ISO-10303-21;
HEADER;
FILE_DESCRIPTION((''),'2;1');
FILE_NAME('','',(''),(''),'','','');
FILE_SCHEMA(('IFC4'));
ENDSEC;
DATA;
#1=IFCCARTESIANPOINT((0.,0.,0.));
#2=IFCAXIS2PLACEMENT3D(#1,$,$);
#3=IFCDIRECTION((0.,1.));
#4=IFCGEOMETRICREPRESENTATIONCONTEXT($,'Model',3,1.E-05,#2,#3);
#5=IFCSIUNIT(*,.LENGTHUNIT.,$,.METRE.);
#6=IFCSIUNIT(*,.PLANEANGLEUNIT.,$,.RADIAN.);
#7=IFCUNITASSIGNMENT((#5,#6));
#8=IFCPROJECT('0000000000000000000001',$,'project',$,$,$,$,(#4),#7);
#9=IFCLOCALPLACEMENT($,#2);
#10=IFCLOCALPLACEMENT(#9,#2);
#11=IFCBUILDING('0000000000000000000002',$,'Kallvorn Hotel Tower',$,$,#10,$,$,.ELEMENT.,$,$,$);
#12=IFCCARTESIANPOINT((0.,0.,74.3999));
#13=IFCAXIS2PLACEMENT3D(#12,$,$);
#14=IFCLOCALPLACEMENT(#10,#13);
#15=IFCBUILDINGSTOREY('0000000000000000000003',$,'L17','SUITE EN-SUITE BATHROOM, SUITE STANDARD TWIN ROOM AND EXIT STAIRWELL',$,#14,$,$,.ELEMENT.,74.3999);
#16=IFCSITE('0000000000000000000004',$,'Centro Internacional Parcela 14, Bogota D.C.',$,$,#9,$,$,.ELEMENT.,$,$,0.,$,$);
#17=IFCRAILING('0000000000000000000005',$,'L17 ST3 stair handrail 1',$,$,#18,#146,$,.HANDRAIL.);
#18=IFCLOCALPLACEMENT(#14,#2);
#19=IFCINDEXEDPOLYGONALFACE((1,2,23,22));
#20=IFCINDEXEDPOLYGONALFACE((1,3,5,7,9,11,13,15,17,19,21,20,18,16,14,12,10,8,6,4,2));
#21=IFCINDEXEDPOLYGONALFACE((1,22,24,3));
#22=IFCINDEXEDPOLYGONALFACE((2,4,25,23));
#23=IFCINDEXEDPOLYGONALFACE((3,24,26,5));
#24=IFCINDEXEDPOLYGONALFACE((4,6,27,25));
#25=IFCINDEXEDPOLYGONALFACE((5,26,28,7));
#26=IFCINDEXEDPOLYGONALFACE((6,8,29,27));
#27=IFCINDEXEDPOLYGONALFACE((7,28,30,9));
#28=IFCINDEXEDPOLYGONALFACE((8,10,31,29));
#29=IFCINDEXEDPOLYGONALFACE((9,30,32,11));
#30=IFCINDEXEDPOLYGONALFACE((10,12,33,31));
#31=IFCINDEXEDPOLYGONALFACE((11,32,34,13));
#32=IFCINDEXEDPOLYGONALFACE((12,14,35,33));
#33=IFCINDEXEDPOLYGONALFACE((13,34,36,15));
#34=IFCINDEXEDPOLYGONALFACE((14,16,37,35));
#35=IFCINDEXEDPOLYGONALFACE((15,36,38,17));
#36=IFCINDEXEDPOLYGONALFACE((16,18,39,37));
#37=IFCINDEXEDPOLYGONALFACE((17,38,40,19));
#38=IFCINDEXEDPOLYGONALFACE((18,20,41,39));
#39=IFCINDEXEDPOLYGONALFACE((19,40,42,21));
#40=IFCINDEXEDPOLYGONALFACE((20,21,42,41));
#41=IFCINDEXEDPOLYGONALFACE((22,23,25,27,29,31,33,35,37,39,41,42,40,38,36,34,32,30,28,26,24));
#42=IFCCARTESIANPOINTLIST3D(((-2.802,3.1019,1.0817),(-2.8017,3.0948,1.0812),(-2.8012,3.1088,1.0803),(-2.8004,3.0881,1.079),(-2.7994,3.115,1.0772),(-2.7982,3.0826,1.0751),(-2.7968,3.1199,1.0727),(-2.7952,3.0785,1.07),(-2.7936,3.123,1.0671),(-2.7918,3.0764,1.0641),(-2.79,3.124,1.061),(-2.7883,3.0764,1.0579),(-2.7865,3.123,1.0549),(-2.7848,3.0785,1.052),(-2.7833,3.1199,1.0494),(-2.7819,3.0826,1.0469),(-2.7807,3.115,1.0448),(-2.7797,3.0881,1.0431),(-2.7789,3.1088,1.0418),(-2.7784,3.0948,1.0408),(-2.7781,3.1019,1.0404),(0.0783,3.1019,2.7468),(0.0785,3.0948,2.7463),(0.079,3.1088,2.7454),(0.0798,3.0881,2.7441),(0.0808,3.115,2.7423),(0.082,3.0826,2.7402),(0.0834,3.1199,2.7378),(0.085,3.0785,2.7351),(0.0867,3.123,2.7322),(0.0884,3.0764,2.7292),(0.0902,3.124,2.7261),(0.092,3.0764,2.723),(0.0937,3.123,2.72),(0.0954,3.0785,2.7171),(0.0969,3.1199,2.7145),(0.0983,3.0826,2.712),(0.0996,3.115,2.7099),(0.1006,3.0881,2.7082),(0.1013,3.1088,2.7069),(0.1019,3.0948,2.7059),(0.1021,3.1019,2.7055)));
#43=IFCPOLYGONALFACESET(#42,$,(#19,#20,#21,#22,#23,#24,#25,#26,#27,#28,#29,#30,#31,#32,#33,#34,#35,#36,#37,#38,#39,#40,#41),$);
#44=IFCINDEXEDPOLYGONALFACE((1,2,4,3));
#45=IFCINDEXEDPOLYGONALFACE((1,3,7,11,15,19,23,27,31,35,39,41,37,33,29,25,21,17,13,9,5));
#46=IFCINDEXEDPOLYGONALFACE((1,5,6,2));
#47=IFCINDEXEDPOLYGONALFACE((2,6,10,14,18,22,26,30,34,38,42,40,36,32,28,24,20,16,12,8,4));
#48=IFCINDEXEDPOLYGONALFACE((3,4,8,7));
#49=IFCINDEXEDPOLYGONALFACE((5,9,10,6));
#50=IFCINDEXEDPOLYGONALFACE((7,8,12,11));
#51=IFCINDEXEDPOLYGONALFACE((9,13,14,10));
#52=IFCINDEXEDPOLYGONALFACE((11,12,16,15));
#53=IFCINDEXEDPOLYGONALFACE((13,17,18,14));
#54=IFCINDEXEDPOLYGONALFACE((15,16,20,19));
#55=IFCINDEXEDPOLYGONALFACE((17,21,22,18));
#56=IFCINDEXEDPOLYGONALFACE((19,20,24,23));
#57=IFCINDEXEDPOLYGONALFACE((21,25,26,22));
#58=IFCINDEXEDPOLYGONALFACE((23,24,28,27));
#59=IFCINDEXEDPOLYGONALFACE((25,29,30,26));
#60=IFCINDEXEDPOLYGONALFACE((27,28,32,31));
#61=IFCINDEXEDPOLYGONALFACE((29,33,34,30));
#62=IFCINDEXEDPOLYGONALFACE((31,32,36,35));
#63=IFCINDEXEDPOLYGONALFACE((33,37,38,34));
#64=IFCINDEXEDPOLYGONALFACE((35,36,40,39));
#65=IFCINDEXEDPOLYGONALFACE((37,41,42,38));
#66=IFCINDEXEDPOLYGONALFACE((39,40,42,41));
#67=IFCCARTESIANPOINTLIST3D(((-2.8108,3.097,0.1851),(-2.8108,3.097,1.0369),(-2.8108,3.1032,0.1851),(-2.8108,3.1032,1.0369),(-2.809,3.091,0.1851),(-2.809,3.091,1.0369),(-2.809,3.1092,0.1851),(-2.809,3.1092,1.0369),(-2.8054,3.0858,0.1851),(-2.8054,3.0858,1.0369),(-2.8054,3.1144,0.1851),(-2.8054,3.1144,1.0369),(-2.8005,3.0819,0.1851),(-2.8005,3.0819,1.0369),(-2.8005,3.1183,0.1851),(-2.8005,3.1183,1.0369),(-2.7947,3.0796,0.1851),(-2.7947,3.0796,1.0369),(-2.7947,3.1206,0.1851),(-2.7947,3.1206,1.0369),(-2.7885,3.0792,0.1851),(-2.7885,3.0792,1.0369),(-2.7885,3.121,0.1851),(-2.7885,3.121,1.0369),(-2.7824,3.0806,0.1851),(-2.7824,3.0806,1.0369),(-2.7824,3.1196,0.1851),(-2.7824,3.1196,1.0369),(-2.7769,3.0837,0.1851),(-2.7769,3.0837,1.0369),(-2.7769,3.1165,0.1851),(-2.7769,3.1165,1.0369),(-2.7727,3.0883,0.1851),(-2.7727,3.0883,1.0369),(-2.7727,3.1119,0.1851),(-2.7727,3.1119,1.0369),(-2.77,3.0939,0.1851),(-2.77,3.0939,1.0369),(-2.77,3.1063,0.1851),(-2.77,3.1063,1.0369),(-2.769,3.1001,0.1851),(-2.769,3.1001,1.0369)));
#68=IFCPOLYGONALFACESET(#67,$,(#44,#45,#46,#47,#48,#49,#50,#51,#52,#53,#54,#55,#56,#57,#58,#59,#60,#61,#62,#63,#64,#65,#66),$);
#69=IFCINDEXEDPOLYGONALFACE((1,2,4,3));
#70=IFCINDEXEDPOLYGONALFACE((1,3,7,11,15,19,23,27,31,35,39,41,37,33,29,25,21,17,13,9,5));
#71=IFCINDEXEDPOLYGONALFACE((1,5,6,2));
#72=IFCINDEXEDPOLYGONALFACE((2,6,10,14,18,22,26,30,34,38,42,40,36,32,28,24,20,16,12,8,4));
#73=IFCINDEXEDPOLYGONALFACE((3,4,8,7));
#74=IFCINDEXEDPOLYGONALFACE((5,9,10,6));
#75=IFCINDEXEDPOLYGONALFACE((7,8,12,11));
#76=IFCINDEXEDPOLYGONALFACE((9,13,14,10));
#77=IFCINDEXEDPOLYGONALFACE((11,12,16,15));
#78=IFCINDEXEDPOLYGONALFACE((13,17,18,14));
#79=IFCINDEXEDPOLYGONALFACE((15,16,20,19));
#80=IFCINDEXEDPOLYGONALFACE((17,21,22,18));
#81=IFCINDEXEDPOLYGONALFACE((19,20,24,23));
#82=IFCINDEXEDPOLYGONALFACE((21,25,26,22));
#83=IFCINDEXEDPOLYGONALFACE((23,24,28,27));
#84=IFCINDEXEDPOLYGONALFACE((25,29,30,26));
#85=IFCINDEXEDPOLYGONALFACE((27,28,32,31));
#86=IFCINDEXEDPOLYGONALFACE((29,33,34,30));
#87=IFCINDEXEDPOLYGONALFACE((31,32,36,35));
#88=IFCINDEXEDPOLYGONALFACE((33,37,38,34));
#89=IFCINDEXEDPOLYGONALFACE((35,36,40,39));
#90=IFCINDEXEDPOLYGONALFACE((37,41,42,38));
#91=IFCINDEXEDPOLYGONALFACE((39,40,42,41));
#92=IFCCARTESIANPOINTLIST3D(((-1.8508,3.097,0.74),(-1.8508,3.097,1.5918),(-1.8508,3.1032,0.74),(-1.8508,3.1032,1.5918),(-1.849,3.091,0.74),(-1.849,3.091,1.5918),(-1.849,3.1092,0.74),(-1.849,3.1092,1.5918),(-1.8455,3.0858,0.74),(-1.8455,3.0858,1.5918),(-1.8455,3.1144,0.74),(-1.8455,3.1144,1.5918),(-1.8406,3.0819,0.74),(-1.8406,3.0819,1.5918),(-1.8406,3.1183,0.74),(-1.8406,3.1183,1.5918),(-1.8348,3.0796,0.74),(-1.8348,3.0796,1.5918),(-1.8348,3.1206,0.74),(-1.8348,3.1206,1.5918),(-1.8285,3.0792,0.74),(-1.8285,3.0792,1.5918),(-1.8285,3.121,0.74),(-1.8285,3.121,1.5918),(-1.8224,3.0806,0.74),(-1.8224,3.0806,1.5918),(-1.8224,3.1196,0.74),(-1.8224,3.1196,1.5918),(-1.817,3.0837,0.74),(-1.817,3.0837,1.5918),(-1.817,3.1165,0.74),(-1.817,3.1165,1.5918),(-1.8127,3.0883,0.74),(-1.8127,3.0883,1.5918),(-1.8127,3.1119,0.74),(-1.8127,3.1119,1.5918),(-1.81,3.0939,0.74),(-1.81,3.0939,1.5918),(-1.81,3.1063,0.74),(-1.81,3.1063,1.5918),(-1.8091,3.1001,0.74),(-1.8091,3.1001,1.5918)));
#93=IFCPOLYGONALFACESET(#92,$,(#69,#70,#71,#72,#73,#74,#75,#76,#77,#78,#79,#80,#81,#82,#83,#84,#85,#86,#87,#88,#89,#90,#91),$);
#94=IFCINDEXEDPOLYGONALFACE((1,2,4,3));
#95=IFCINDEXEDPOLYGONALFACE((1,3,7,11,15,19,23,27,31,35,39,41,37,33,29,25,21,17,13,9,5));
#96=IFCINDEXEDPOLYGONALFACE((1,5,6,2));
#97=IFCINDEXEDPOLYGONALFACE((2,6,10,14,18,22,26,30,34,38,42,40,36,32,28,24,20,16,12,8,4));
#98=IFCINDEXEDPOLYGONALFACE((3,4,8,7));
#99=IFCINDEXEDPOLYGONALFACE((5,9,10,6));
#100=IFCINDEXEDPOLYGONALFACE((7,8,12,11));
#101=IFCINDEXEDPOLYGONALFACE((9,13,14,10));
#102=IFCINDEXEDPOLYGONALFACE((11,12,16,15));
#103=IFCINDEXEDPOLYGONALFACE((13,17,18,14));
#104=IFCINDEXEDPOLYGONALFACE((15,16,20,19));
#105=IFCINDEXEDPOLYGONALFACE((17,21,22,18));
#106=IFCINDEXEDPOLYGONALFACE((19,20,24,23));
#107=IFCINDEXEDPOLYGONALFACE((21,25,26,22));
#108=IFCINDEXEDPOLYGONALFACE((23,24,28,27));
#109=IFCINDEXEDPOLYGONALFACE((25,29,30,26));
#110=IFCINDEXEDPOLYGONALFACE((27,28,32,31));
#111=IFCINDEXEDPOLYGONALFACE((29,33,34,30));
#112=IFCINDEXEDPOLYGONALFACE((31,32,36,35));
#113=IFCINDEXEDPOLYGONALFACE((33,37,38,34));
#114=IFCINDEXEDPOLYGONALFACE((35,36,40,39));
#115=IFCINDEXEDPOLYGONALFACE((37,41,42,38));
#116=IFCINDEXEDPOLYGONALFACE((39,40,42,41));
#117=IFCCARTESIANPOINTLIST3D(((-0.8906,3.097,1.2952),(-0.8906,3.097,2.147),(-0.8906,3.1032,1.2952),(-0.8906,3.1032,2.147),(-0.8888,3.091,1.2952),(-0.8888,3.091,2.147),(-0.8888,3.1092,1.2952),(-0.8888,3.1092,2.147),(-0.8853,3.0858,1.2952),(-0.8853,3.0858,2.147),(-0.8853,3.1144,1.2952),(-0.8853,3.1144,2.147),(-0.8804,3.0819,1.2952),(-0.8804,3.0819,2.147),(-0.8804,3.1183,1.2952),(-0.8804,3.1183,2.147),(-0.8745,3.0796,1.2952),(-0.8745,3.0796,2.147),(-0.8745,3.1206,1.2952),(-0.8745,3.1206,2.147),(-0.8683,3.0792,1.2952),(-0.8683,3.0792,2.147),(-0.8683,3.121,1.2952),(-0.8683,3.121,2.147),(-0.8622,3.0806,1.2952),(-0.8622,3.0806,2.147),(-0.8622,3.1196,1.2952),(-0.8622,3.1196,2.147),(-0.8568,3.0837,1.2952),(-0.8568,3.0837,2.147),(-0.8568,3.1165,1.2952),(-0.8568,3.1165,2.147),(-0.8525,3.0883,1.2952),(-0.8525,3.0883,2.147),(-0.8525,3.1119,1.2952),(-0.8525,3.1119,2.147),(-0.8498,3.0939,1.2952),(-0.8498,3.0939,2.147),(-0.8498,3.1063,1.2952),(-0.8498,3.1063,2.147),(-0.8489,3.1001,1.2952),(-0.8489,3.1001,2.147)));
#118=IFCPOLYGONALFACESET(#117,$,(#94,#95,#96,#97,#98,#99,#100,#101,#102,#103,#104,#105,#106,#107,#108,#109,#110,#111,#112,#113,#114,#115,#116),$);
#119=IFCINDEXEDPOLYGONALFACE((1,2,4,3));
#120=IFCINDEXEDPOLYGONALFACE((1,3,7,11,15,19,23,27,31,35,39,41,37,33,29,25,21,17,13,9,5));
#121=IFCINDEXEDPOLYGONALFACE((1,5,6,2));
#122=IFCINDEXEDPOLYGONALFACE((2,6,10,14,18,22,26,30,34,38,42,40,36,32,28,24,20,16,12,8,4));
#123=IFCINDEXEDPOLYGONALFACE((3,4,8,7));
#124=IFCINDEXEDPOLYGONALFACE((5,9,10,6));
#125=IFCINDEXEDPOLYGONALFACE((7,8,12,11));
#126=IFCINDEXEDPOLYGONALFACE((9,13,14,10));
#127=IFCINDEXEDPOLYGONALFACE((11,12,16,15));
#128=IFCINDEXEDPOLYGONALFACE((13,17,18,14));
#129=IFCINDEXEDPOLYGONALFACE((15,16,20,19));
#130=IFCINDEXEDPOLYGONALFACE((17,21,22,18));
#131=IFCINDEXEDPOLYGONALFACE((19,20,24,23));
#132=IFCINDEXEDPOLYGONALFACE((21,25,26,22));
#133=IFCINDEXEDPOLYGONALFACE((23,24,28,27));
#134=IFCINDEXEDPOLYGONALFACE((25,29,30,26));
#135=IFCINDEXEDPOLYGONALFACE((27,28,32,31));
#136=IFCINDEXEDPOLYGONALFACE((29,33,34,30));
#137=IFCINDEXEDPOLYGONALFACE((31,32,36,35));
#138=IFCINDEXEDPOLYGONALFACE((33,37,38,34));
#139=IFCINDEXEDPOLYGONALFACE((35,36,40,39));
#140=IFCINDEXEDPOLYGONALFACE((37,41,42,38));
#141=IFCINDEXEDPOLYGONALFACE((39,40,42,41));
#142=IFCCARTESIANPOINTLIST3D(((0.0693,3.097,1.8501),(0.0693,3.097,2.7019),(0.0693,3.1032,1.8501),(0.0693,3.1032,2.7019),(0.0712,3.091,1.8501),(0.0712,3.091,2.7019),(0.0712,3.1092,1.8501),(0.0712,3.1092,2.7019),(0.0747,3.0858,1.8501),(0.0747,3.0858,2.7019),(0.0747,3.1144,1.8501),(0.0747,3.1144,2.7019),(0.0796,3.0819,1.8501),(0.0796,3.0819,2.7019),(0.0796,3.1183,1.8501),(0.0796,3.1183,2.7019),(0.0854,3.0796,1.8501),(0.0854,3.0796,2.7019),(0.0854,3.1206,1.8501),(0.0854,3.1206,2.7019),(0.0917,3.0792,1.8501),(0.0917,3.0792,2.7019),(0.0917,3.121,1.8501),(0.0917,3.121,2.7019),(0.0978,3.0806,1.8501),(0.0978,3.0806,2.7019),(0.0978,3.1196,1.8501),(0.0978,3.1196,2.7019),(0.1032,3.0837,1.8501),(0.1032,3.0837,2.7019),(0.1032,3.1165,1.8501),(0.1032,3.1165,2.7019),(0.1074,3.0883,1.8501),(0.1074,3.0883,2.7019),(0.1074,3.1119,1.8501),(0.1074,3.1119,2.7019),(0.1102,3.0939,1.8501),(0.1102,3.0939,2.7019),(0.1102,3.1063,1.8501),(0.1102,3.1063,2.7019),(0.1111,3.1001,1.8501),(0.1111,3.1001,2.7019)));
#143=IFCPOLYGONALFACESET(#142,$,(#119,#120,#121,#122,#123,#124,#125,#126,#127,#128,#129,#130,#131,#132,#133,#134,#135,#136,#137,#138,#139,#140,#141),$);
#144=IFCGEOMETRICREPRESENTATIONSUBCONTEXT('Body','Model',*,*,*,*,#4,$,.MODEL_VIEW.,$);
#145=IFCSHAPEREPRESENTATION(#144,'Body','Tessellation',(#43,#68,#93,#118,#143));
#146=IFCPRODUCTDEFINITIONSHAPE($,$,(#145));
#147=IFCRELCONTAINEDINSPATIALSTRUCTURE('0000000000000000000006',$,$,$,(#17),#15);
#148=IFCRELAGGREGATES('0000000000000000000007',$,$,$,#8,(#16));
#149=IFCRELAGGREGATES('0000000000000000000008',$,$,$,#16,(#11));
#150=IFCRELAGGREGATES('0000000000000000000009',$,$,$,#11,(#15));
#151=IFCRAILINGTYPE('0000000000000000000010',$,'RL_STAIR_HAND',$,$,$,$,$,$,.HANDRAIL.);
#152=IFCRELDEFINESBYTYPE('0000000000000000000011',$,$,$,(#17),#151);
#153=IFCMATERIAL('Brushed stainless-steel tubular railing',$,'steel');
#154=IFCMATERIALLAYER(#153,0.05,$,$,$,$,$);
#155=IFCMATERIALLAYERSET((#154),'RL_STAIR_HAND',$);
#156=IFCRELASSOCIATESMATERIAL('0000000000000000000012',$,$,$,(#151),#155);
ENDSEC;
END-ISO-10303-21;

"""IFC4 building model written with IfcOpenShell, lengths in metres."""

from ifc_helpers import new_model, si_unit, direction, frame, origin, origin_2d, place, context, subcontext, project, spatial, circle, extrude, material, layer, layer_set, type_object, element, save


model = new_model("IFC4")

# Units and contexts
model_context = context("Model", 3, precision=1e-05, world=origin(), true_north=direction((0.0, 1.0)))
body_context = subcontext(model_context, "Body", "Model", "MODEL_VIEW")
ifc_project = project(units=[si_unit("LENGTHUNIT", "METRE"), si_unit("PLANEANGLEUNIT", "RADIAN")], contexts=[model_context])

# Site, building, storey
site_placement = place(None, origin())
site = spatial("IfcSite", under=ifc_project, at=site_placement, Name="Centro Internacional Parcela 14, Bogota D.C.", CompositionType="ELEMENT", RefElevation=0.0)
building_placement = place(site_placement, origin())
building = spatial("IfcBuilding", under=site, at=building_placement, Name="Kallvorn Hotel Tower", CompositionType="ELEMENT")
storey_placement = place(building_placement, frame((0.0, 0.0, 74.3999)))
storey = spatial("IfcBuildingStorey", under=building, at=storey_placement, Name="L17", Description="SUITE EN-SUITE BATHROOM, SUITE STANDARD TWIN ROOM AND EXIT STAIRWELL", CompositionType="ELEMENT", Elevation=74.3999)

# Railing
ifc_material_1 = material(Name="Brushed stainless-steel tubular railing", Category="steel")
ifc_layer_1 = layer(ifc_material_1, 0.05)
ifc_layer_set_1 = layer_set([ifc_layer_1], Name="RL_STAIR_HAND")
railing_type_1 = type_object("IfcRailingType", Name="RL_STAIR_HAND", PredefinedType="HANDRAIL", material=ifc_layer_set_1)
railing_1_placement = place(storey_placement, frame((-2.79, 3.1001, 0.1851)))
element("IfcRailing", 1, at=railing_1_placement, inside=storey, type_object=railing_type_1, Name="L17 ST3 stair handrail 1", PredefinedType="HANDRAIL", context=body_context, shape_type="SweptSolid", body=[
    extrude(circle(Radius=0.0239, at=origin_2d()), frame((0.0, 0.0, 0.876), z_axis=(0.865739, 0.0, 0.500495), x_axis=(0.0, 1.0, 0.0)), (0.0, 0.0, 1.0), 3.3269),
    extrude(circle(Radius=0.021, at=origin_2d()), origin(), (0.0, 0.0, 1.0), 0.8518),
    extrude(circle(Radius=0.021, at=origin_2d()), frame((0.96, 0.0, 0.5549)), (0.0, 0.0, 1.0), 0.8518),
    extrude(circle(Radius=0.021, at=origin_2d()), frame((1.9202, 0.0, 1.1101)), (0.0, 0.0, 1.0), 0.8518),
    extrude(circle(Radius=0.021, at=origin_2d()), frame((2.8801, 0.0, 1.665)), (0.0, 0.0, 1.0), 0.8518),
])

save(model, "model.ifc")
